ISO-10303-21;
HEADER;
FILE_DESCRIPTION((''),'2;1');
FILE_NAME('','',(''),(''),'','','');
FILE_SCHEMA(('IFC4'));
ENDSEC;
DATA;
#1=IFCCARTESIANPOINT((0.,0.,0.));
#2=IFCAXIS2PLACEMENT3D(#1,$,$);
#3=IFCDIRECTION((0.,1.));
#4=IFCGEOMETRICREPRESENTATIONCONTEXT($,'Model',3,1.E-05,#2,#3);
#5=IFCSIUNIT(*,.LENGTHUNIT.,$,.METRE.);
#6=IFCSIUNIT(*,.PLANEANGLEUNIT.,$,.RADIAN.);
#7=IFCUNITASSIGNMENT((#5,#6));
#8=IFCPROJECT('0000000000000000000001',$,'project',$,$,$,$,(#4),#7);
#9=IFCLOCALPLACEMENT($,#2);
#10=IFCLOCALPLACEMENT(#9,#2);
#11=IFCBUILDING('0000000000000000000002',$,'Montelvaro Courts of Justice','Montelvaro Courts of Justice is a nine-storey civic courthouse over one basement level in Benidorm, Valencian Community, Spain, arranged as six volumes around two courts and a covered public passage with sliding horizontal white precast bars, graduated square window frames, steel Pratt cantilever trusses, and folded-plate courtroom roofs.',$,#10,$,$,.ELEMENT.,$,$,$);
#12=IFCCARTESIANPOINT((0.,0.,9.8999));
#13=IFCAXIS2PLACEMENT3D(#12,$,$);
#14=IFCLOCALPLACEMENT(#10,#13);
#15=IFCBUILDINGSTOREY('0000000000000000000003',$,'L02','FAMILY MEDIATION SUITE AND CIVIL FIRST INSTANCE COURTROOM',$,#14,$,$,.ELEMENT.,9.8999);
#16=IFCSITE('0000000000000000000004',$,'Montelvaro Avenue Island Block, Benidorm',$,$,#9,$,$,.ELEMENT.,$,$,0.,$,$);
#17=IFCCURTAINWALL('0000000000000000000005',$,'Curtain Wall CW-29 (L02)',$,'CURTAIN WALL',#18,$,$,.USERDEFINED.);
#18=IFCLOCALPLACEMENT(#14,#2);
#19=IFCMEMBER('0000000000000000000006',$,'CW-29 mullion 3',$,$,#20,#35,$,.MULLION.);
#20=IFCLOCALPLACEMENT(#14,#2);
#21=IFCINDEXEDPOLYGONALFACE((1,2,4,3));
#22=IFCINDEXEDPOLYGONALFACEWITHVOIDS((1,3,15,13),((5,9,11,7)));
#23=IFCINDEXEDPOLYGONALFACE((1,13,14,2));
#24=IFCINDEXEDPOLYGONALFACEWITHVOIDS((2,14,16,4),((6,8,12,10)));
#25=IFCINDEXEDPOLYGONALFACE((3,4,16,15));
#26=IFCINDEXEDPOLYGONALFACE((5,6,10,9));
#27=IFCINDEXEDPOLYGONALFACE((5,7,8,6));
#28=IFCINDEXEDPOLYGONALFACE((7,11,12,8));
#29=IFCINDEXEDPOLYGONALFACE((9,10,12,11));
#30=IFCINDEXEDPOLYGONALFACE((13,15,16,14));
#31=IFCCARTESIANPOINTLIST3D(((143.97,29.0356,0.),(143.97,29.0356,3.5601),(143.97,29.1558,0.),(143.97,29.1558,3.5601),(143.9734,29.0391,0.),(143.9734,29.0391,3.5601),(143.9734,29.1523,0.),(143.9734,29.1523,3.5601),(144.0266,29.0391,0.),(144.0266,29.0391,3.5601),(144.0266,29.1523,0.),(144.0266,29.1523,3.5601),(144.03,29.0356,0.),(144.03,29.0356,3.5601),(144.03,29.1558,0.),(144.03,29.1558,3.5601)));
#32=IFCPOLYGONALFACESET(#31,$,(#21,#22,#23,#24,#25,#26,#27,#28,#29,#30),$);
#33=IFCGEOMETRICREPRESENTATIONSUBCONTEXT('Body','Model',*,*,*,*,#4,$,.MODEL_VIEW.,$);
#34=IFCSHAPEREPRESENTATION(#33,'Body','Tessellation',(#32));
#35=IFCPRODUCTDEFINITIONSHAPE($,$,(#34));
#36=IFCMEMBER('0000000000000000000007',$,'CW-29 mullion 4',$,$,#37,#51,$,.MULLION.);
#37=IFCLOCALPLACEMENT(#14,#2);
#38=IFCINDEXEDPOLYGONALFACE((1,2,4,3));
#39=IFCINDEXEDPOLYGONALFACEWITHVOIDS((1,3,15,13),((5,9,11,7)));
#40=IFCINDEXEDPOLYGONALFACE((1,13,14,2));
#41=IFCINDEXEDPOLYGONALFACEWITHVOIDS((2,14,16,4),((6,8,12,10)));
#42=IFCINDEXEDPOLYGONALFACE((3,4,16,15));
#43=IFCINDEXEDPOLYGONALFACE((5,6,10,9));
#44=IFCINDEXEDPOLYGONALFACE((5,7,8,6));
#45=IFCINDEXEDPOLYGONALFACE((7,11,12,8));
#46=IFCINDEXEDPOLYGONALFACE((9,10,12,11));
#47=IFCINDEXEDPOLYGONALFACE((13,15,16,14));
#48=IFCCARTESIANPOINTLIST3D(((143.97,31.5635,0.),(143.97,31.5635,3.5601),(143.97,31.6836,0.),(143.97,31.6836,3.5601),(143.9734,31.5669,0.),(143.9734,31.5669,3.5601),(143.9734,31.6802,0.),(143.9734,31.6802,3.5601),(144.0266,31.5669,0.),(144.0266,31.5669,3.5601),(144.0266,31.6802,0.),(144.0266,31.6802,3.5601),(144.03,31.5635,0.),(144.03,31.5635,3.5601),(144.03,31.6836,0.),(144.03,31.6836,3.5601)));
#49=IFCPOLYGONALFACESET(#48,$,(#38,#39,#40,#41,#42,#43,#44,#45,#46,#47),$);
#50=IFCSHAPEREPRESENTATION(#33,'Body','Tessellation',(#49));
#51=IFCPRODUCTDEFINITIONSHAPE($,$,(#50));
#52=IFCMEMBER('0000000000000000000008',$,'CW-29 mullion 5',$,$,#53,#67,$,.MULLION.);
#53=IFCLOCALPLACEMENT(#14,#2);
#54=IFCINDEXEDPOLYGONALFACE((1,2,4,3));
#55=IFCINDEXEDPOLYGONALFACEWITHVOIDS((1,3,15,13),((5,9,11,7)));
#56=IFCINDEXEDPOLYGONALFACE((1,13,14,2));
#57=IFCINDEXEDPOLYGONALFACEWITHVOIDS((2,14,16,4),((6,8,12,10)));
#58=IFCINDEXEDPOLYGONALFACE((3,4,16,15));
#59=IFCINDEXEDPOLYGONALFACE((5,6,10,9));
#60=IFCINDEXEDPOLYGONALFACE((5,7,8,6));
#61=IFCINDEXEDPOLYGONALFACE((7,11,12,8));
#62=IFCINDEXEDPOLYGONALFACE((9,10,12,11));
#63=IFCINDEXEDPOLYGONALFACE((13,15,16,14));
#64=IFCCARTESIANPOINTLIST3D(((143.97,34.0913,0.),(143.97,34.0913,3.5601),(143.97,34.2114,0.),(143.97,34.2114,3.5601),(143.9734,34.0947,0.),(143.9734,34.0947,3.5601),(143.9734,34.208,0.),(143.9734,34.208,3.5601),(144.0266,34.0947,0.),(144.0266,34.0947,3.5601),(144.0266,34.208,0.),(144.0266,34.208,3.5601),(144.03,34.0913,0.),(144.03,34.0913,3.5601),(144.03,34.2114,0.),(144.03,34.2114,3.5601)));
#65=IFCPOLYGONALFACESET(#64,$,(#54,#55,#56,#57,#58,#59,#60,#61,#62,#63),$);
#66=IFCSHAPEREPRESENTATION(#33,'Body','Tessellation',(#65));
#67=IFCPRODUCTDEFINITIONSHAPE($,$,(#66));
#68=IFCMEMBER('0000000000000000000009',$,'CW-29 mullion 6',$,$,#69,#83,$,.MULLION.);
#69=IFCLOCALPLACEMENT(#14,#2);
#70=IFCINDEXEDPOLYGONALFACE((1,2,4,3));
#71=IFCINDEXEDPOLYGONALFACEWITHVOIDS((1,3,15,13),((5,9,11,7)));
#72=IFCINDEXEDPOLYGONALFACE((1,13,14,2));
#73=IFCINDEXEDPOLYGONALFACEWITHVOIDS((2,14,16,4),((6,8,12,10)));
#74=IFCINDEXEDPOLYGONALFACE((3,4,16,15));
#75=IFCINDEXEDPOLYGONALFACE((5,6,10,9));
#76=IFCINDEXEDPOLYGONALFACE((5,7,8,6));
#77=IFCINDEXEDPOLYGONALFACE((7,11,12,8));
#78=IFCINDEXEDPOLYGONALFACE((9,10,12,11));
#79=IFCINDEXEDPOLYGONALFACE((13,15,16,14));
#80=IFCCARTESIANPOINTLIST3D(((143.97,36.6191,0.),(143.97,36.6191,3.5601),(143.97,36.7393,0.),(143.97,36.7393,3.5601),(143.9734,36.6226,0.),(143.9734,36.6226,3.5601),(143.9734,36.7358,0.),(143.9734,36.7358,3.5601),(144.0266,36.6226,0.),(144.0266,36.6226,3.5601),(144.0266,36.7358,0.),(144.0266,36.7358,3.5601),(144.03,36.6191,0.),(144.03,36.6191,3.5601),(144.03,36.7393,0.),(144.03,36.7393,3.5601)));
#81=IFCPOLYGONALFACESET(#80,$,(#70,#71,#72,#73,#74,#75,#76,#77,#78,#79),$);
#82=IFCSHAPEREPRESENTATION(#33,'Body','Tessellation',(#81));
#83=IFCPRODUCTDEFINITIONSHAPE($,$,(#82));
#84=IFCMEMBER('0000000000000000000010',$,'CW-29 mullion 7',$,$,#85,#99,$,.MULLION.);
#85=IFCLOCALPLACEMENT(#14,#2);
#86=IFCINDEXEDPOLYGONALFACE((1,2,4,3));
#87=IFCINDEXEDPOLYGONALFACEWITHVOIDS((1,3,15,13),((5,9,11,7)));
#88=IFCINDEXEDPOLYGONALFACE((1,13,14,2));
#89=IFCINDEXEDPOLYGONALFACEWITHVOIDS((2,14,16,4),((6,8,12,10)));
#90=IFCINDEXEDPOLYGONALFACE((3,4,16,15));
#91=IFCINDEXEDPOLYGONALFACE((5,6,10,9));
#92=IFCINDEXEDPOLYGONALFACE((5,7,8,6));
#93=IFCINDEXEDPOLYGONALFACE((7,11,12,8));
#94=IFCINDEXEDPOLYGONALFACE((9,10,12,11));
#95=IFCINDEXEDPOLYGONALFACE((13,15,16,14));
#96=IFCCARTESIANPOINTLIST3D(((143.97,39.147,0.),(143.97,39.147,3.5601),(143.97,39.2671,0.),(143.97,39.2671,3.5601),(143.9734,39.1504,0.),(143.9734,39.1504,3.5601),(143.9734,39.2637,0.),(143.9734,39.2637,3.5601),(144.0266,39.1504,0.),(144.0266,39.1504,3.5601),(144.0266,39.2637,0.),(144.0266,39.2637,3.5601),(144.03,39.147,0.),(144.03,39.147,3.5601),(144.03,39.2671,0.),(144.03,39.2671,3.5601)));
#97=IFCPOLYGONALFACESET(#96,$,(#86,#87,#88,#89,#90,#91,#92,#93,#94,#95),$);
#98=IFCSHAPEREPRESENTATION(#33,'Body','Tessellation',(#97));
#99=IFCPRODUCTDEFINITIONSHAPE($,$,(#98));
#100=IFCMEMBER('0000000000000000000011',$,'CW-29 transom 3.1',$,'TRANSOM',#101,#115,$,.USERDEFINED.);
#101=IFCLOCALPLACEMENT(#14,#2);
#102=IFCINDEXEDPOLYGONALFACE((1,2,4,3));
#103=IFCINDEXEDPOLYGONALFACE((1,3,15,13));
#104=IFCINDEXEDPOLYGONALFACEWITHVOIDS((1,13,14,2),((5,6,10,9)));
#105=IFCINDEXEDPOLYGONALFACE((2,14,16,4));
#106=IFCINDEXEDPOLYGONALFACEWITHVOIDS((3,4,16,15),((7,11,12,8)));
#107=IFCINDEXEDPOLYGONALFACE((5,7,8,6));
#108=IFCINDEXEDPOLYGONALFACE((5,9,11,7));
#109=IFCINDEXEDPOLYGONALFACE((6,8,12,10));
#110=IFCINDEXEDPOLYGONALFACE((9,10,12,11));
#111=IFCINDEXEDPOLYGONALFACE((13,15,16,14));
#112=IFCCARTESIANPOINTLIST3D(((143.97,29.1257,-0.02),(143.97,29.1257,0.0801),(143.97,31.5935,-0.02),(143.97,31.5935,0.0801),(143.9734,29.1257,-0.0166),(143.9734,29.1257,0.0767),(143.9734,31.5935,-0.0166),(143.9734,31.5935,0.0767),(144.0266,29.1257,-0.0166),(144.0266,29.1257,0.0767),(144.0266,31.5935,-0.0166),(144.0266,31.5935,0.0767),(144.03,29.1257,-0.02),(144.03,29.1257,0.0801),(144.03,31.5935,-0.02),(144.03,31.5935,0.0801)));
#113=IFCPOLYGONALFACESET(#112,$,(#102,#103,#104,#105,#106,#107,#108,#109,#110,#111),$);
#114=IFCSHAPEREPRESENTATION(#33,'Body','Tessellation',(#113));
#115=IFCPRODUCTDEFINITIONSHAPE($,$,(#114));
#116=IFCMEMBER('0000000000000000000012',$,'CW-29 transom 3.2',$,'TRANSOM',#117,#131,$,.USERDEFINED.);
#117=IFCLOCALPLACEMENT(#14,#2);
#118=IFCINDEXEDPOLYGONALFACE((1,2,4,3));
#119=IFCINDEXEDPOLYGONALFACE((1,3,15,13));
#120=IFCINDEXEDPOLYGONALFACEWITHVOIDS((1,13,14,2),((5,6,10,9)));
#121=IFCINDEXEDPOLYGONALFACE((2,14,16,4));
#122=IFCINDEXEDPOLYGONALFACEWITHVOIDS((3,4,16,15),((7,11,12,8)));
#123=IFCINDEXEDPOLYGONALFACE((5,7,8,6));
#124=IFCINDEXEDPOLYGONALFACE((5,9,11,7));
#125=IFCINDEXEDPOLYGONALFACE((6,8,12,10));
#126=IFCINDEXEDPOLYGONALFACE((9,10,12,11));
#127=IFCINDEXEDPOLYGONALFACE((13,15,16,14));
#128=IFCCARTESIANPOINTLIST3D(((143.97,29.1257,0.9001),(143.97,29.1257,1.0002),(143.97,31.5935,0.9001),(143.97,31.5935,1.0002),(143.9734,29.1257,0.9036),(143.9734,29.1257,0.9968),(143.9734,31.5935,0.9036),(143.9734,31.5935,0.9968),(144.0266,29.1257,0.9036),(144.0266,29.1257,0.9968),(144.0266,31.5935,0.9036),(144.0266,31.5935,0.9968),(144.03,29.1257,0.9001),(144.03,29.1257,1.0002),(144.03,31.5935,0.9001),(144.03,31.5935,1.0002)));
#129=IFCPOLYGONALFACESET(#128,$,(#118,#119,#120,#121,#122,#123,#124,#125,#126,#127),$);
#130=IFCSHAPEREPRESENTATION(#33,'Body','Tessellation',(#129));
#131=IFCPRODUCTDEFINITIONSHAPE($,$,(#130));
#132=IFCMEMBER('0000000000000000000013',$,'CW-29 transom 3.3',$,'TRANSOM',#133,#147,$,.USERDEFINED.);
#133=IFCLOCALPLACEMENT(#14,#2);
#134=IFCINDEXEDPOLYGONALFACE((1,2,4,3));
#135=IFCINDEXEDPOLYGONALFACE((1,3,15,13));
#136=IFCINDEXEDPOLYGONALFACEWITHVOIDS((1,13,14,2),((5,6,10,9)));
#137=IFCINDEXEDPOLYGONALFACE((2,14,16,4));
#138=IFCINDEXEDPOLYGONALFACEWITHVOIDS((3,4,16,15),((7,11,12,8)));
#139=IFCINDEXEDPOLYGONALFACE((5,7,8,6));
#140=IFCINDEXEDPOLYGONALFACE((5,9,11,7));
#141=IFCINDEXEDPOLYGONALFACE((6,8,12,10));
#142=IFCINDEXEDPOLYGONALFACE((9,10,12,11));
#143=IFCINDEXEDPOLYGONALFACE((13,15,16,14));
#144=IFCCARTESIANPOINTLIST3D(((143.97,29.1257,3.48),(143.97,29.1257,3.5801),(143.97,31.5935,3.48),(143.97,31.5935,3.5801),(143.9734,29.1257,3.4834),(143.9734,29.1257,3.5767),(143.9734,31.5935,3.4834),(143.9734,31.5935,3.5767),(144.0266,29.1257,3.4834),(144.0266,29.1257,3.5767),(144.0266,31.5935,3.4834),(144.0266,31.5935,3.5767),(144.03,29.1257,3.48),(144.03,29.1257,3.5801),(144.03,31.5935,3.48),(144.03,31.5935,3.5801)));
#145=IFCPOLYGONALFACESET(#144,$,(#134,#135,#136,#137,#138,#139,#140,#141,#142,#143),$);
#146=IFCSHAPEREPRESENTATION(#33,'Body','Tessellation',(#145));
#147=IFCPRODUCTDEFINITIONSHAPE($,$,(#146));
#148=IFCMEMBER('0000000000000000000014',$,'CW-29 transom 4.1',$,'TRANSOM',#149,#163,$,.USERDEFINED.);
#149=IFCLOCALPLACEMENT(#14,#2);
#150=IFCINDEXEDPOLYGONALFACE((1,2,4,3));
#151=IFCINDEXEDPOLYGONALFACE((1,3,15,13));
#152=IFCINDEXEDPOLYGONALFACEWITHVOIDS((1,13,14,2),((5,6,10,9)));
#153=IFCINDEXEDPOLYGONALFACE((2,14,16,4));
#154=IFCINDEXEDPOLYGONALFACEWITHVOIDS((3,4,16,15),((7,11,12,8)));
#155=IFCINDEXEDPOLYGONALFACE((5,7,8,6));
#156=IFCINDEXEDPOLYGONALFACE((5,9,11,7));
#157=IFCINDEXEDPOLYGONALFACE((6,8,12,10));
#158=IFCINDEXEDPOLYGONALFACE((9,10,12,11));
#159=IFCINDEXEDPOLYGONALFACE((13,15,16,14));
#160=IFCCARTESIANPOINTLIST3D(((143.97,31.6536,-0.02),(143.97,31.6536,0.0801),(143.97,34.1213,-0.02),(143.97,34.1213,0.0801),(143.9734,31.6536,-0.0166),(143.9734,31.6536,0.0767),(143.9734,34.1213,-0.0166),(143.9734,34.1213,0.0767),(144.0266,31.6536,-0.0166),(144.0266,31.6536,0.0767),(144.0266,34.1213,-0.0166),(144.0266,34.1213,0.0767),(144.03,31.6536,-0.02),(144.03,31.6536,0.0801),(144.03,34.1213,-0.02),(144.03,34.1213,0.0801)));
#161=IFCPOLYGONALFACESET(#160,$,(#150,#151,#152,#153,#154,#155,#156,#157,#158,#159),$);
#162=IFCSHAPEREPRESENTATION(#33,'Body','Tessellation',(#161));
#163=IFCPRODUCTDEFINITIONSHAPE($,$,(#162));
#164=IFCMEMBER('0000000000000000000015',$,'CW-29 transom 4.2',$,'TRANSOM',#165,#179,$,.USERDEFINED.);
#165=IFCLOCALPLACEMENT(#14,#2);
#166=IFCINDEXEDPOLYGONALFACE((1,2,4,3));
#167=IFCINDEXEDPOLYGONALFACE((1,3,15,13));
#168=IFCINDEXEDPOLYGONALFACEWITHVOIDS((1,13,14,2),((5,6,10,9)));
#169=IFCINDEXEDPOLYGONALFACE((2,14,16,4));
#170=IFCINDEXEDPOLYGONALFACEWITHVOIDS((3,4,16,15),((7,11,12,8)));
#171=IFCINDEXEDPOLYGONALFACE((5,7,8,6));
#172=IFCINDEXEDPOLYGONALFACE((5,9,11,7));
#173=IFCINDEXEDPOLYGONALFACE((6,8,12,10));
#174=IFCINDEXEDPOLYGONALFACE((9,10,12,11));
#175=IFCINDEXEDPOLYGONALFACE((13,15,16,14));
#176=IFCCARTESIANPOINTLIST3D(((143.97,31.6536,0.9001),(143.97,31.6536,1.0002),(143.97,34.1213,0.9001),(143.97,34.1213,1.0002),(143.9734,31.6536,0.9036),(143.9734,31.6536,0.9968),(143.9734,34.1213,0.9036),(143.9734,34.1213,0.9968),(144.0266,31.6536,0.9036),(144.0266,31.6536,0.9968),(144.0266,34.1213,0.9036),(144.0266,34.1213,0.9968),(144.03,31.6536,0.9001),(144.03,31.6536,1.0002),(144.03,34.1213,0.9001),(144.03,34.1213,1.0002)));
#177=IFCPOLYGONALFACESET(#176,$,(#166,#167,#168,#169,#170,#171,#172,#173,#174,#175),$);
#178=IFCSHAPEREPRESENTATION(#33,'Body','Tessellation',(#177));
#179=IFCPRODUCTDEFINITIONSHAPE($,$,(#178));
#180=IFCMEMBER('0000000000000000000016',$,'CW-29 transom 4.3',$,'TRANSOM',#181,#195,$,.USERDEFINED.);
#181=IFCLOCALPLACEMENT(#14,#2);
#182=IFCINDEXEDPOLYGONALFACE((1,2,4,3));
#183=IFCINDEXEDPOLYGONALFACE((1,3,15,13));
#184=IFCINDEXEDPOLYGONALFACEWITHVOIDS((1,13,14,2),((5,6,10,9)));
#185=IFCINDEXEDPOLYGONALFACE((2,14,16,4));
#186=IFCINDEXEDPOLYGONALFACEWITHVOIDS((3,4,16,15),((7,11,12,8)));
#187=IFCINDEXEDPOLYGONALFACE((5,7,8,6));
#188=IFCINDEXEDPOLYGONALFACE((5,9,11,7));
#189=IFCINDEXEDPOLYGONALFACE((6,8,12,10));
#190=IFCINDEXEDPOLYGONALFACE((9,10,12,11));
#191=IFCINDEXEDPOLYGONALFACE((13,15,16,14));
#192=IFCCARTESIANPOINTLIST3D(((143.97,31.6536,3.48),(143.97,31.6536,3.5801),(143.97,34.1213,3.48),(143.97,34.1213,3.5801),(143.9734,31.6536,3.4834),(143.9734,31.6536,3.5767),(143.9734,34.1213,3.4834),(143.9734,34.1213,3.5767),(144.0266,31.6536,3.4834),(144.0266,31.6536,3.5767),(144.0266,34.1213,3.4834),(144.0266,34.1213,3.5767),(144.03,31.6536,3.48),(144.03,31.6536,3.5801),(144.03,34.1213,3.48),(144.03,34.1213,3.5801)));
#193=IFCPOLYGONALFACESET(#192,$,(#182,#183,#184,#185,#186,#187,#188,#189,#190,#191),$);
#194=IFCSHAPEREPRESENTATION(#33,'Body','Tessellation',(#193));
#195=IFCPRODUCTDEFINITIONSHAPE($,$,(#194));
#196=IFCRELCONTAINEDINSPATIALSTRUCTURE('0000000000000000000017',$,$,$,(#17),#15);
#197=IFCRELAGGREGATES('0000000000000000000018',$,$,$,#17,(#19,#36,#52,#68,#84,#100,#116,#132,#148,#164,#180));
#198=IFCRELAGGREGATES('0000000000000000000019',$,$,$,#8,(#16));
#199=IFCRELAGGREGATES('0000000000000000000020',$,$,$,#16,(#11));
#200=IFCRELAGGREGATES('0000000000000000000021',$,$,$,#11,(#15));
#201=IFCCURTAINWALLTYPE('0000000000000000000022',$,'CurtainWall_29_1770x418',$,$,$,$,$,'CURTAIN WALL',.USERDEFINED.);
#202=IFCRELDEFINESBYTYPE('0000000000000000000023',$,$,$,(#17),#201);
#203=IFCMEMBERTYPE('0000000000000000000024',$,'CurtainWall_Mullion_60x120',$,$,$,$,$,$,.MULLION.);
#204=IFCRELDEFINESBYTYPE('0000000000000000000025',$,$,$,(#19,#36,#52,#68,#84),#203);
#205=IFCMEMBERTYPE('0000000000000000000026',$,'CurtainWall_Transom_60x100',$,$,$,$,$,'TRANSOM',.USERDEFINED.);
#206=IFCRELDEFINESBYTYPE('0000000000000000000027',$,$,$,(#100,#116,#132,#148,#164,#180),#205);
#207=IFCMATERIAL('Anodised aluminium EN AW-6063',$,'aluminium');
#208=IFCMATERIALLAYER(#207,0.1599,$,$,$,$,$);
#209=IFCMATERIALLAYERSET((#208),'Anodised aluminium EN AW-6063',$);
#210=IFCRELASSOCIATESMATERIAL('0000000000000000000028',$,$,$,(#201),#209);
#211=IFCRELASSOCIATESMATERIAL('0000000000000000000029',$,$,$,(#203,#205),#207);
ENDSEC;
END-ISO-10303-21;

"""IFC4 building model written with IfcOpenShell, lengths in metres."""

from ifc_helpers import new_model, si_unit, direction, frame, origin, origin_2d, place, context, subcontext, project, spatial, hollow_rectangle, extrude, material, layer, layer_set, material_profile, profile_set, type_object, element, aggregate, save


model = new_model("IFC4")

# Units and contexts
model_context = context("Model", 3, precision=1e-05, world=origin(), true_north=direction((0.0, 1.0)))
body_context = subcontext(model_context, "Body", "Model", "MODEL_VIEW")
ifc_project = project(units=[si_unit("LENGTHUNIT", "METRE"), si_unit("PLANEANGLEUNIT", "RADIAN")], contexts=[model_context])

# Site, building, storey
site_placement = place(None, origin())
site = spatial("IfcSite", under=ifc_project, at=site_placement, Name="Montelvaro Avenue Island Block, Benidorm", CompositionType="ELEMENT", RefElevation=0.0)
building_placement = place(site_placement, origin())
building = spatial("IfcBuilding", under=site, at=building_placement, Name="Montelvaro Courts of Justice", Description="Montelvaro Courts of Justice is a nine-storey civic courthouse over one basement level in Benidorm, Valencian Community, Spain, arranged as six volumes around two courts and a covered public passage with sliding horizontal white precast bars, graduated square window frames, steel Pratt cantilever trusses, and folded-plate courtroom roofs.", CompositionType="ELEMENT")
storey_placement = place(building_placement, frame((0.0, 0.0, 9.8999)))
storey = spatial("IfcBuildingStorey", under=building, at=storey_placement, Name="L02", Description="FAMILY MEDIATION SUITE AND CIVIL FIRST INSTANCE COURTROOM", CompositionType="ELEMENT", Elevation=9.8999)

# Curtain wall, members
ifc_material_1 = material(Name="Anodised aluminium EN AW-6063", Category="aluminium")
ifc_layer_1 = layer(ifc_material_1, 0.1599)
ifc_layer_set_1 = layer_set([ifc_layer_1], Name="Anodised aluminium EN AW-6063")
curtain_wall_type = type_object("IfcCurtainWallType", Name="CurtainWall_29_1770x418", ElementType="CURTAIN WALL", PredefinedType="USERDEFINED", material=ifc_layer_set_1)
curtain_wall_placement = place(storey_placement, origin())
curtain_wall = element("IfcCurtainWall", 1, at=curtain_wall_placement, inside=storey, type_object=curtain_wall_type, Name="Curtain Wall CW-29 (L02)", ObjectType="CURTAIN WALL", PredefinedType="USERDEFINED")
ifc_material_profile_1 = material_profile(ifc_material_1, hollow_rectangle(XDim=0.0601, YDim=0.1201, WallThickness=0.0034, at=origin_2d()), Name="ALU-M 60x120")
ifc_profile_set_1 = profile_set([ifc_material_profile_1], Name="Anodised aluminium EN AW-6063")
member_type_1 = type_object("IfcMemberType", Name="CurtainWall_Mullion_60x120", PredefinedType="MULLION", material=ifc_profile_set_1)
member_1_placement = place(storey_placement, frame((144.0, 29.0957, 0.0), z_axis=(0.0, 0.0, 1.0), x_axis=(-1.0, 0.0, 0.0)))
member_1 = element("IfcMember", 2, at=member_1_placement, type_object=member_type_1, Name="CW-29 mullion 3", PredefinedType="MULLION", context=body_context, shape_type="SweptSolid", body=[
    extrude(hollow_rectangle(XDim=0.0601, YDim=0.1201, WallThickness=0.0034, at=origin_2d()), origin(), (0.0, 0.0, 1.0), 3.5601),
])
member_2_placement = place(storey_placement, frame((144.0, 31.6235, 0.0), z_axis=(0.0, 0.0, 1.0), x_axis=(-1.0, 0.0, 0.0)))
member_2 = element("IfcMember", 3, at=member_2_placement, type_object=member_type_1, Name="CW-29 mullion 4", PredefinedType="MULLION", context=body_context, shape_type="SweptSolid", body=[
    extrude(hollow_rectangle(XDim=0.0601, YDim=0.1201, WallThickness=0.0034, at=origin_2d()), origin(), (0.0, 0.0, 1.0), 3.5601),
])
member_3_placement = place(storey_placement, frame((144.0, 34.1514, 0.0), z_axis=(0.0, 0.0, 1.0), x_axis=(-1.0, 0.0, 0.0)))
member_3 = element("IfcMember", 4, at=member_3_placement, type_object=member_type_1, Name="CW-29 mullion 5", PredefinedType="MULLION", context=body_context, shape_type="SweptSolid", body=[
    extrude(hollow_rectangle(XDim=0.0601, YDim=0.1201, WallThickness=0.0034, at=origin_2d()), origin(), (0.0, 0.0, 1.0), 3.5601),
])
member_4_placement = place(storey_placement, frame((144.0, 36.6792, 0.0), z_axis=(0.0, 0.0, 1.0), x_axis=(-1.0, 0.0, 0.0)))
member_4 = element("IfcMember", 5, at=member_4_placement, type_object=member_type_1, Name="CW-29 mullion 6", PredefinedType="MULLION", context=body_context, shape_type="SweptSolid", body=[
    extrude(hollow_rectangle(XDim=0.0601, YDim=0.1201, WallThickness=0.0034, at=origin_2d()), origin(), (0.0, 0.0, 1.0), 3.5601),
])
member_5_placement = place(storey_placement, frame((144.0, 39.207, 0.0), z_axis=(0.0, 0.0, 1.0), x_axis=(-1.0, 0.0, 0.0)))
member_5 = element("IfcMember", 6, at=member_5_placement, type_object=member_type_1, Name="CW-29 mullion 7", PredefinedType="MULLION", context=body_context, shape_type="SweptSolid", body=[
    extrude(hollow_rectangle(XDim=0.0601, YDim=0.1201, WallThickness=0.0034, at=origin_2d()), origin(), (0.0, 0.0, 1.0), 3.5601),
])
ifc_material_profile_2 = material_profile(ifc_material_1, hollow_rectangle(XDim=0.0601, YDim=0.1001, WallThickness=0.0034, at=origin_2d()), Name="ALU-T 60x100")
ifc_profile_set_2 = profile_set([ifc_material_profile_2], Name="Anodised aluminium EN AW-6063")
member_type_2 = type_object("IfcMemberType", Name="CurtainWall_Transom_60x100", ElementType="TRANSOM", PredefinedType="USERDEFINED", material=ifc_profile_set_2)
member_6_placement = place(storey_placement, frame((144.0, 29.1257, 0.03), z_axis=(0.0, 1.0, 0.0), x_axis=(-1.0, 0.0, 0.0)))
member_6 = element("IfcMember", 7, at=member_6_placement, type_object=member_type_2, Name="CW-29 transom 3.1", ObjectType="TRANSOM", PredefinedType="USERDEFINED", context=body_context, shape_type="SweptSolid", body=[
    extrude(hollow_rectangle(XDim=0.0601, YDim=0.1001, WallThickness=0.0034, at=origin_2d()), origin(), (0.0, 0.0, 1.0), 2.4678),
])
member_7_placement = place(storey_placement, frame((144.0, 29.1257, 0.9502), z_axis=(0.0, 1.0, 0.0), x_axis=(-1.0, 0.0, 0.0)))
member_7 = element("IfcMember", 8, at=member_7_placement, type_object=member_type_2, Name="CW-29 transom 3.2", ObjectType="TRANSOM", PredefinedType="USERDEFINED", context=body_context, shape_type="SweptSolid", body=[
    extrude(hollow_rectangle(XDim=0.0601, YDim=0.1001, WallThickness=0.0034, at=origin_2d()), origin(), (0.0, 0.0, 1.0), 2.4678),
])
member_8_placement = place(storey_placement, frame((144.0, 29.1257, 3.53), z_axis=(0.0, 1.0, 0.0), x_axis=(-1.0, 0.0, 0.0)))
member_8 = element("IfcMember", 9, at=member_8_placement, type_object=member_type_2, Name="CW-29 transom 3.3", ObjectType="TRANSOM", PredefinedType="USERDEFINED", context=body_context, shape_type="SweptSolid", body=[
    extrude(hollow_rectangle(XDim=0.0601, YDim=0.1001, WallThickness=0.0034, at=origin_2d()), origin(), (0.0, 0.0, 1.0), 2.4678),
])
member_9_placement = place(storey_placement, frame((144.0, 31.6536, 0.03), z_axis=(0.0, 1.0, 0.0), x_axis=(-1.0, 0.0, 0.0)))
member_9 = element("IfcMember", 10, at=member_9_placement, type_object=member_type_2, Name="CW-29 transom 4.1", ObjectType="TRANSOM", PredefinedType="USERDEFINED", context=body_context, shape_type="SweptSolid", body=[
    extrude(hollow_rectangle(XDim=0.0601, YDim=0.1001, WallThickness=0.0034, at=origin_2d()), origin(), (0.0, 0.0, 1.0), 2.4678),
])
member_10_placement = place(storey_placement, frame((144.0, 31.6536, 0.9502), z_axis=(0.0, 1.0, 0.0), x_axis=(-1.0, 0.0, 0.0)))
member_10 = element("IfcMember", 11, at=member_10_placement, type_object=member_type_2, Name="CW-29 transom 4.2", ObjectType="TRANSOM", PredefinedType="USERDEFINED", context=body_context, shape_type="SweptSolid", body=[
    extrude(hollow_rectangle(XDim=0.0601, YDim=0.1001, WallThickness=0.0034, at=origin_2d()), origin(), (0.0, 0.0, 1.0), 2.4678),
])
member_11_placement = place(storey_placement, frame((144.0, 31.6536, 3.53), z_axis=(0.0, 1.0, 0.0), x_axis=(-1.0, 0.0, 0.0)))
member_11 = element("IfcMember", 12, at=member_11_placement, type_object=member_type_2, Name="CW-29 transom 4.3", ObjectType="TRANSOM", PredefinedType="USERDEFINED", context=body_context, shape_type="SweptSolid", body=[
    extrude(hollow_rectangle(XDim=0.0601, YDim=0.1001, WallThickness=0.0034, at=origin_2d()), origin(), (0.0, 0.0, 1.0), 2.4678),
])
aggregate(curtain_wall, [member_1, member_2, member_3, member_4, member_5, member_6, member_7, member_8, member_9, member_10, member_11])

save(model, "model.ifc")
